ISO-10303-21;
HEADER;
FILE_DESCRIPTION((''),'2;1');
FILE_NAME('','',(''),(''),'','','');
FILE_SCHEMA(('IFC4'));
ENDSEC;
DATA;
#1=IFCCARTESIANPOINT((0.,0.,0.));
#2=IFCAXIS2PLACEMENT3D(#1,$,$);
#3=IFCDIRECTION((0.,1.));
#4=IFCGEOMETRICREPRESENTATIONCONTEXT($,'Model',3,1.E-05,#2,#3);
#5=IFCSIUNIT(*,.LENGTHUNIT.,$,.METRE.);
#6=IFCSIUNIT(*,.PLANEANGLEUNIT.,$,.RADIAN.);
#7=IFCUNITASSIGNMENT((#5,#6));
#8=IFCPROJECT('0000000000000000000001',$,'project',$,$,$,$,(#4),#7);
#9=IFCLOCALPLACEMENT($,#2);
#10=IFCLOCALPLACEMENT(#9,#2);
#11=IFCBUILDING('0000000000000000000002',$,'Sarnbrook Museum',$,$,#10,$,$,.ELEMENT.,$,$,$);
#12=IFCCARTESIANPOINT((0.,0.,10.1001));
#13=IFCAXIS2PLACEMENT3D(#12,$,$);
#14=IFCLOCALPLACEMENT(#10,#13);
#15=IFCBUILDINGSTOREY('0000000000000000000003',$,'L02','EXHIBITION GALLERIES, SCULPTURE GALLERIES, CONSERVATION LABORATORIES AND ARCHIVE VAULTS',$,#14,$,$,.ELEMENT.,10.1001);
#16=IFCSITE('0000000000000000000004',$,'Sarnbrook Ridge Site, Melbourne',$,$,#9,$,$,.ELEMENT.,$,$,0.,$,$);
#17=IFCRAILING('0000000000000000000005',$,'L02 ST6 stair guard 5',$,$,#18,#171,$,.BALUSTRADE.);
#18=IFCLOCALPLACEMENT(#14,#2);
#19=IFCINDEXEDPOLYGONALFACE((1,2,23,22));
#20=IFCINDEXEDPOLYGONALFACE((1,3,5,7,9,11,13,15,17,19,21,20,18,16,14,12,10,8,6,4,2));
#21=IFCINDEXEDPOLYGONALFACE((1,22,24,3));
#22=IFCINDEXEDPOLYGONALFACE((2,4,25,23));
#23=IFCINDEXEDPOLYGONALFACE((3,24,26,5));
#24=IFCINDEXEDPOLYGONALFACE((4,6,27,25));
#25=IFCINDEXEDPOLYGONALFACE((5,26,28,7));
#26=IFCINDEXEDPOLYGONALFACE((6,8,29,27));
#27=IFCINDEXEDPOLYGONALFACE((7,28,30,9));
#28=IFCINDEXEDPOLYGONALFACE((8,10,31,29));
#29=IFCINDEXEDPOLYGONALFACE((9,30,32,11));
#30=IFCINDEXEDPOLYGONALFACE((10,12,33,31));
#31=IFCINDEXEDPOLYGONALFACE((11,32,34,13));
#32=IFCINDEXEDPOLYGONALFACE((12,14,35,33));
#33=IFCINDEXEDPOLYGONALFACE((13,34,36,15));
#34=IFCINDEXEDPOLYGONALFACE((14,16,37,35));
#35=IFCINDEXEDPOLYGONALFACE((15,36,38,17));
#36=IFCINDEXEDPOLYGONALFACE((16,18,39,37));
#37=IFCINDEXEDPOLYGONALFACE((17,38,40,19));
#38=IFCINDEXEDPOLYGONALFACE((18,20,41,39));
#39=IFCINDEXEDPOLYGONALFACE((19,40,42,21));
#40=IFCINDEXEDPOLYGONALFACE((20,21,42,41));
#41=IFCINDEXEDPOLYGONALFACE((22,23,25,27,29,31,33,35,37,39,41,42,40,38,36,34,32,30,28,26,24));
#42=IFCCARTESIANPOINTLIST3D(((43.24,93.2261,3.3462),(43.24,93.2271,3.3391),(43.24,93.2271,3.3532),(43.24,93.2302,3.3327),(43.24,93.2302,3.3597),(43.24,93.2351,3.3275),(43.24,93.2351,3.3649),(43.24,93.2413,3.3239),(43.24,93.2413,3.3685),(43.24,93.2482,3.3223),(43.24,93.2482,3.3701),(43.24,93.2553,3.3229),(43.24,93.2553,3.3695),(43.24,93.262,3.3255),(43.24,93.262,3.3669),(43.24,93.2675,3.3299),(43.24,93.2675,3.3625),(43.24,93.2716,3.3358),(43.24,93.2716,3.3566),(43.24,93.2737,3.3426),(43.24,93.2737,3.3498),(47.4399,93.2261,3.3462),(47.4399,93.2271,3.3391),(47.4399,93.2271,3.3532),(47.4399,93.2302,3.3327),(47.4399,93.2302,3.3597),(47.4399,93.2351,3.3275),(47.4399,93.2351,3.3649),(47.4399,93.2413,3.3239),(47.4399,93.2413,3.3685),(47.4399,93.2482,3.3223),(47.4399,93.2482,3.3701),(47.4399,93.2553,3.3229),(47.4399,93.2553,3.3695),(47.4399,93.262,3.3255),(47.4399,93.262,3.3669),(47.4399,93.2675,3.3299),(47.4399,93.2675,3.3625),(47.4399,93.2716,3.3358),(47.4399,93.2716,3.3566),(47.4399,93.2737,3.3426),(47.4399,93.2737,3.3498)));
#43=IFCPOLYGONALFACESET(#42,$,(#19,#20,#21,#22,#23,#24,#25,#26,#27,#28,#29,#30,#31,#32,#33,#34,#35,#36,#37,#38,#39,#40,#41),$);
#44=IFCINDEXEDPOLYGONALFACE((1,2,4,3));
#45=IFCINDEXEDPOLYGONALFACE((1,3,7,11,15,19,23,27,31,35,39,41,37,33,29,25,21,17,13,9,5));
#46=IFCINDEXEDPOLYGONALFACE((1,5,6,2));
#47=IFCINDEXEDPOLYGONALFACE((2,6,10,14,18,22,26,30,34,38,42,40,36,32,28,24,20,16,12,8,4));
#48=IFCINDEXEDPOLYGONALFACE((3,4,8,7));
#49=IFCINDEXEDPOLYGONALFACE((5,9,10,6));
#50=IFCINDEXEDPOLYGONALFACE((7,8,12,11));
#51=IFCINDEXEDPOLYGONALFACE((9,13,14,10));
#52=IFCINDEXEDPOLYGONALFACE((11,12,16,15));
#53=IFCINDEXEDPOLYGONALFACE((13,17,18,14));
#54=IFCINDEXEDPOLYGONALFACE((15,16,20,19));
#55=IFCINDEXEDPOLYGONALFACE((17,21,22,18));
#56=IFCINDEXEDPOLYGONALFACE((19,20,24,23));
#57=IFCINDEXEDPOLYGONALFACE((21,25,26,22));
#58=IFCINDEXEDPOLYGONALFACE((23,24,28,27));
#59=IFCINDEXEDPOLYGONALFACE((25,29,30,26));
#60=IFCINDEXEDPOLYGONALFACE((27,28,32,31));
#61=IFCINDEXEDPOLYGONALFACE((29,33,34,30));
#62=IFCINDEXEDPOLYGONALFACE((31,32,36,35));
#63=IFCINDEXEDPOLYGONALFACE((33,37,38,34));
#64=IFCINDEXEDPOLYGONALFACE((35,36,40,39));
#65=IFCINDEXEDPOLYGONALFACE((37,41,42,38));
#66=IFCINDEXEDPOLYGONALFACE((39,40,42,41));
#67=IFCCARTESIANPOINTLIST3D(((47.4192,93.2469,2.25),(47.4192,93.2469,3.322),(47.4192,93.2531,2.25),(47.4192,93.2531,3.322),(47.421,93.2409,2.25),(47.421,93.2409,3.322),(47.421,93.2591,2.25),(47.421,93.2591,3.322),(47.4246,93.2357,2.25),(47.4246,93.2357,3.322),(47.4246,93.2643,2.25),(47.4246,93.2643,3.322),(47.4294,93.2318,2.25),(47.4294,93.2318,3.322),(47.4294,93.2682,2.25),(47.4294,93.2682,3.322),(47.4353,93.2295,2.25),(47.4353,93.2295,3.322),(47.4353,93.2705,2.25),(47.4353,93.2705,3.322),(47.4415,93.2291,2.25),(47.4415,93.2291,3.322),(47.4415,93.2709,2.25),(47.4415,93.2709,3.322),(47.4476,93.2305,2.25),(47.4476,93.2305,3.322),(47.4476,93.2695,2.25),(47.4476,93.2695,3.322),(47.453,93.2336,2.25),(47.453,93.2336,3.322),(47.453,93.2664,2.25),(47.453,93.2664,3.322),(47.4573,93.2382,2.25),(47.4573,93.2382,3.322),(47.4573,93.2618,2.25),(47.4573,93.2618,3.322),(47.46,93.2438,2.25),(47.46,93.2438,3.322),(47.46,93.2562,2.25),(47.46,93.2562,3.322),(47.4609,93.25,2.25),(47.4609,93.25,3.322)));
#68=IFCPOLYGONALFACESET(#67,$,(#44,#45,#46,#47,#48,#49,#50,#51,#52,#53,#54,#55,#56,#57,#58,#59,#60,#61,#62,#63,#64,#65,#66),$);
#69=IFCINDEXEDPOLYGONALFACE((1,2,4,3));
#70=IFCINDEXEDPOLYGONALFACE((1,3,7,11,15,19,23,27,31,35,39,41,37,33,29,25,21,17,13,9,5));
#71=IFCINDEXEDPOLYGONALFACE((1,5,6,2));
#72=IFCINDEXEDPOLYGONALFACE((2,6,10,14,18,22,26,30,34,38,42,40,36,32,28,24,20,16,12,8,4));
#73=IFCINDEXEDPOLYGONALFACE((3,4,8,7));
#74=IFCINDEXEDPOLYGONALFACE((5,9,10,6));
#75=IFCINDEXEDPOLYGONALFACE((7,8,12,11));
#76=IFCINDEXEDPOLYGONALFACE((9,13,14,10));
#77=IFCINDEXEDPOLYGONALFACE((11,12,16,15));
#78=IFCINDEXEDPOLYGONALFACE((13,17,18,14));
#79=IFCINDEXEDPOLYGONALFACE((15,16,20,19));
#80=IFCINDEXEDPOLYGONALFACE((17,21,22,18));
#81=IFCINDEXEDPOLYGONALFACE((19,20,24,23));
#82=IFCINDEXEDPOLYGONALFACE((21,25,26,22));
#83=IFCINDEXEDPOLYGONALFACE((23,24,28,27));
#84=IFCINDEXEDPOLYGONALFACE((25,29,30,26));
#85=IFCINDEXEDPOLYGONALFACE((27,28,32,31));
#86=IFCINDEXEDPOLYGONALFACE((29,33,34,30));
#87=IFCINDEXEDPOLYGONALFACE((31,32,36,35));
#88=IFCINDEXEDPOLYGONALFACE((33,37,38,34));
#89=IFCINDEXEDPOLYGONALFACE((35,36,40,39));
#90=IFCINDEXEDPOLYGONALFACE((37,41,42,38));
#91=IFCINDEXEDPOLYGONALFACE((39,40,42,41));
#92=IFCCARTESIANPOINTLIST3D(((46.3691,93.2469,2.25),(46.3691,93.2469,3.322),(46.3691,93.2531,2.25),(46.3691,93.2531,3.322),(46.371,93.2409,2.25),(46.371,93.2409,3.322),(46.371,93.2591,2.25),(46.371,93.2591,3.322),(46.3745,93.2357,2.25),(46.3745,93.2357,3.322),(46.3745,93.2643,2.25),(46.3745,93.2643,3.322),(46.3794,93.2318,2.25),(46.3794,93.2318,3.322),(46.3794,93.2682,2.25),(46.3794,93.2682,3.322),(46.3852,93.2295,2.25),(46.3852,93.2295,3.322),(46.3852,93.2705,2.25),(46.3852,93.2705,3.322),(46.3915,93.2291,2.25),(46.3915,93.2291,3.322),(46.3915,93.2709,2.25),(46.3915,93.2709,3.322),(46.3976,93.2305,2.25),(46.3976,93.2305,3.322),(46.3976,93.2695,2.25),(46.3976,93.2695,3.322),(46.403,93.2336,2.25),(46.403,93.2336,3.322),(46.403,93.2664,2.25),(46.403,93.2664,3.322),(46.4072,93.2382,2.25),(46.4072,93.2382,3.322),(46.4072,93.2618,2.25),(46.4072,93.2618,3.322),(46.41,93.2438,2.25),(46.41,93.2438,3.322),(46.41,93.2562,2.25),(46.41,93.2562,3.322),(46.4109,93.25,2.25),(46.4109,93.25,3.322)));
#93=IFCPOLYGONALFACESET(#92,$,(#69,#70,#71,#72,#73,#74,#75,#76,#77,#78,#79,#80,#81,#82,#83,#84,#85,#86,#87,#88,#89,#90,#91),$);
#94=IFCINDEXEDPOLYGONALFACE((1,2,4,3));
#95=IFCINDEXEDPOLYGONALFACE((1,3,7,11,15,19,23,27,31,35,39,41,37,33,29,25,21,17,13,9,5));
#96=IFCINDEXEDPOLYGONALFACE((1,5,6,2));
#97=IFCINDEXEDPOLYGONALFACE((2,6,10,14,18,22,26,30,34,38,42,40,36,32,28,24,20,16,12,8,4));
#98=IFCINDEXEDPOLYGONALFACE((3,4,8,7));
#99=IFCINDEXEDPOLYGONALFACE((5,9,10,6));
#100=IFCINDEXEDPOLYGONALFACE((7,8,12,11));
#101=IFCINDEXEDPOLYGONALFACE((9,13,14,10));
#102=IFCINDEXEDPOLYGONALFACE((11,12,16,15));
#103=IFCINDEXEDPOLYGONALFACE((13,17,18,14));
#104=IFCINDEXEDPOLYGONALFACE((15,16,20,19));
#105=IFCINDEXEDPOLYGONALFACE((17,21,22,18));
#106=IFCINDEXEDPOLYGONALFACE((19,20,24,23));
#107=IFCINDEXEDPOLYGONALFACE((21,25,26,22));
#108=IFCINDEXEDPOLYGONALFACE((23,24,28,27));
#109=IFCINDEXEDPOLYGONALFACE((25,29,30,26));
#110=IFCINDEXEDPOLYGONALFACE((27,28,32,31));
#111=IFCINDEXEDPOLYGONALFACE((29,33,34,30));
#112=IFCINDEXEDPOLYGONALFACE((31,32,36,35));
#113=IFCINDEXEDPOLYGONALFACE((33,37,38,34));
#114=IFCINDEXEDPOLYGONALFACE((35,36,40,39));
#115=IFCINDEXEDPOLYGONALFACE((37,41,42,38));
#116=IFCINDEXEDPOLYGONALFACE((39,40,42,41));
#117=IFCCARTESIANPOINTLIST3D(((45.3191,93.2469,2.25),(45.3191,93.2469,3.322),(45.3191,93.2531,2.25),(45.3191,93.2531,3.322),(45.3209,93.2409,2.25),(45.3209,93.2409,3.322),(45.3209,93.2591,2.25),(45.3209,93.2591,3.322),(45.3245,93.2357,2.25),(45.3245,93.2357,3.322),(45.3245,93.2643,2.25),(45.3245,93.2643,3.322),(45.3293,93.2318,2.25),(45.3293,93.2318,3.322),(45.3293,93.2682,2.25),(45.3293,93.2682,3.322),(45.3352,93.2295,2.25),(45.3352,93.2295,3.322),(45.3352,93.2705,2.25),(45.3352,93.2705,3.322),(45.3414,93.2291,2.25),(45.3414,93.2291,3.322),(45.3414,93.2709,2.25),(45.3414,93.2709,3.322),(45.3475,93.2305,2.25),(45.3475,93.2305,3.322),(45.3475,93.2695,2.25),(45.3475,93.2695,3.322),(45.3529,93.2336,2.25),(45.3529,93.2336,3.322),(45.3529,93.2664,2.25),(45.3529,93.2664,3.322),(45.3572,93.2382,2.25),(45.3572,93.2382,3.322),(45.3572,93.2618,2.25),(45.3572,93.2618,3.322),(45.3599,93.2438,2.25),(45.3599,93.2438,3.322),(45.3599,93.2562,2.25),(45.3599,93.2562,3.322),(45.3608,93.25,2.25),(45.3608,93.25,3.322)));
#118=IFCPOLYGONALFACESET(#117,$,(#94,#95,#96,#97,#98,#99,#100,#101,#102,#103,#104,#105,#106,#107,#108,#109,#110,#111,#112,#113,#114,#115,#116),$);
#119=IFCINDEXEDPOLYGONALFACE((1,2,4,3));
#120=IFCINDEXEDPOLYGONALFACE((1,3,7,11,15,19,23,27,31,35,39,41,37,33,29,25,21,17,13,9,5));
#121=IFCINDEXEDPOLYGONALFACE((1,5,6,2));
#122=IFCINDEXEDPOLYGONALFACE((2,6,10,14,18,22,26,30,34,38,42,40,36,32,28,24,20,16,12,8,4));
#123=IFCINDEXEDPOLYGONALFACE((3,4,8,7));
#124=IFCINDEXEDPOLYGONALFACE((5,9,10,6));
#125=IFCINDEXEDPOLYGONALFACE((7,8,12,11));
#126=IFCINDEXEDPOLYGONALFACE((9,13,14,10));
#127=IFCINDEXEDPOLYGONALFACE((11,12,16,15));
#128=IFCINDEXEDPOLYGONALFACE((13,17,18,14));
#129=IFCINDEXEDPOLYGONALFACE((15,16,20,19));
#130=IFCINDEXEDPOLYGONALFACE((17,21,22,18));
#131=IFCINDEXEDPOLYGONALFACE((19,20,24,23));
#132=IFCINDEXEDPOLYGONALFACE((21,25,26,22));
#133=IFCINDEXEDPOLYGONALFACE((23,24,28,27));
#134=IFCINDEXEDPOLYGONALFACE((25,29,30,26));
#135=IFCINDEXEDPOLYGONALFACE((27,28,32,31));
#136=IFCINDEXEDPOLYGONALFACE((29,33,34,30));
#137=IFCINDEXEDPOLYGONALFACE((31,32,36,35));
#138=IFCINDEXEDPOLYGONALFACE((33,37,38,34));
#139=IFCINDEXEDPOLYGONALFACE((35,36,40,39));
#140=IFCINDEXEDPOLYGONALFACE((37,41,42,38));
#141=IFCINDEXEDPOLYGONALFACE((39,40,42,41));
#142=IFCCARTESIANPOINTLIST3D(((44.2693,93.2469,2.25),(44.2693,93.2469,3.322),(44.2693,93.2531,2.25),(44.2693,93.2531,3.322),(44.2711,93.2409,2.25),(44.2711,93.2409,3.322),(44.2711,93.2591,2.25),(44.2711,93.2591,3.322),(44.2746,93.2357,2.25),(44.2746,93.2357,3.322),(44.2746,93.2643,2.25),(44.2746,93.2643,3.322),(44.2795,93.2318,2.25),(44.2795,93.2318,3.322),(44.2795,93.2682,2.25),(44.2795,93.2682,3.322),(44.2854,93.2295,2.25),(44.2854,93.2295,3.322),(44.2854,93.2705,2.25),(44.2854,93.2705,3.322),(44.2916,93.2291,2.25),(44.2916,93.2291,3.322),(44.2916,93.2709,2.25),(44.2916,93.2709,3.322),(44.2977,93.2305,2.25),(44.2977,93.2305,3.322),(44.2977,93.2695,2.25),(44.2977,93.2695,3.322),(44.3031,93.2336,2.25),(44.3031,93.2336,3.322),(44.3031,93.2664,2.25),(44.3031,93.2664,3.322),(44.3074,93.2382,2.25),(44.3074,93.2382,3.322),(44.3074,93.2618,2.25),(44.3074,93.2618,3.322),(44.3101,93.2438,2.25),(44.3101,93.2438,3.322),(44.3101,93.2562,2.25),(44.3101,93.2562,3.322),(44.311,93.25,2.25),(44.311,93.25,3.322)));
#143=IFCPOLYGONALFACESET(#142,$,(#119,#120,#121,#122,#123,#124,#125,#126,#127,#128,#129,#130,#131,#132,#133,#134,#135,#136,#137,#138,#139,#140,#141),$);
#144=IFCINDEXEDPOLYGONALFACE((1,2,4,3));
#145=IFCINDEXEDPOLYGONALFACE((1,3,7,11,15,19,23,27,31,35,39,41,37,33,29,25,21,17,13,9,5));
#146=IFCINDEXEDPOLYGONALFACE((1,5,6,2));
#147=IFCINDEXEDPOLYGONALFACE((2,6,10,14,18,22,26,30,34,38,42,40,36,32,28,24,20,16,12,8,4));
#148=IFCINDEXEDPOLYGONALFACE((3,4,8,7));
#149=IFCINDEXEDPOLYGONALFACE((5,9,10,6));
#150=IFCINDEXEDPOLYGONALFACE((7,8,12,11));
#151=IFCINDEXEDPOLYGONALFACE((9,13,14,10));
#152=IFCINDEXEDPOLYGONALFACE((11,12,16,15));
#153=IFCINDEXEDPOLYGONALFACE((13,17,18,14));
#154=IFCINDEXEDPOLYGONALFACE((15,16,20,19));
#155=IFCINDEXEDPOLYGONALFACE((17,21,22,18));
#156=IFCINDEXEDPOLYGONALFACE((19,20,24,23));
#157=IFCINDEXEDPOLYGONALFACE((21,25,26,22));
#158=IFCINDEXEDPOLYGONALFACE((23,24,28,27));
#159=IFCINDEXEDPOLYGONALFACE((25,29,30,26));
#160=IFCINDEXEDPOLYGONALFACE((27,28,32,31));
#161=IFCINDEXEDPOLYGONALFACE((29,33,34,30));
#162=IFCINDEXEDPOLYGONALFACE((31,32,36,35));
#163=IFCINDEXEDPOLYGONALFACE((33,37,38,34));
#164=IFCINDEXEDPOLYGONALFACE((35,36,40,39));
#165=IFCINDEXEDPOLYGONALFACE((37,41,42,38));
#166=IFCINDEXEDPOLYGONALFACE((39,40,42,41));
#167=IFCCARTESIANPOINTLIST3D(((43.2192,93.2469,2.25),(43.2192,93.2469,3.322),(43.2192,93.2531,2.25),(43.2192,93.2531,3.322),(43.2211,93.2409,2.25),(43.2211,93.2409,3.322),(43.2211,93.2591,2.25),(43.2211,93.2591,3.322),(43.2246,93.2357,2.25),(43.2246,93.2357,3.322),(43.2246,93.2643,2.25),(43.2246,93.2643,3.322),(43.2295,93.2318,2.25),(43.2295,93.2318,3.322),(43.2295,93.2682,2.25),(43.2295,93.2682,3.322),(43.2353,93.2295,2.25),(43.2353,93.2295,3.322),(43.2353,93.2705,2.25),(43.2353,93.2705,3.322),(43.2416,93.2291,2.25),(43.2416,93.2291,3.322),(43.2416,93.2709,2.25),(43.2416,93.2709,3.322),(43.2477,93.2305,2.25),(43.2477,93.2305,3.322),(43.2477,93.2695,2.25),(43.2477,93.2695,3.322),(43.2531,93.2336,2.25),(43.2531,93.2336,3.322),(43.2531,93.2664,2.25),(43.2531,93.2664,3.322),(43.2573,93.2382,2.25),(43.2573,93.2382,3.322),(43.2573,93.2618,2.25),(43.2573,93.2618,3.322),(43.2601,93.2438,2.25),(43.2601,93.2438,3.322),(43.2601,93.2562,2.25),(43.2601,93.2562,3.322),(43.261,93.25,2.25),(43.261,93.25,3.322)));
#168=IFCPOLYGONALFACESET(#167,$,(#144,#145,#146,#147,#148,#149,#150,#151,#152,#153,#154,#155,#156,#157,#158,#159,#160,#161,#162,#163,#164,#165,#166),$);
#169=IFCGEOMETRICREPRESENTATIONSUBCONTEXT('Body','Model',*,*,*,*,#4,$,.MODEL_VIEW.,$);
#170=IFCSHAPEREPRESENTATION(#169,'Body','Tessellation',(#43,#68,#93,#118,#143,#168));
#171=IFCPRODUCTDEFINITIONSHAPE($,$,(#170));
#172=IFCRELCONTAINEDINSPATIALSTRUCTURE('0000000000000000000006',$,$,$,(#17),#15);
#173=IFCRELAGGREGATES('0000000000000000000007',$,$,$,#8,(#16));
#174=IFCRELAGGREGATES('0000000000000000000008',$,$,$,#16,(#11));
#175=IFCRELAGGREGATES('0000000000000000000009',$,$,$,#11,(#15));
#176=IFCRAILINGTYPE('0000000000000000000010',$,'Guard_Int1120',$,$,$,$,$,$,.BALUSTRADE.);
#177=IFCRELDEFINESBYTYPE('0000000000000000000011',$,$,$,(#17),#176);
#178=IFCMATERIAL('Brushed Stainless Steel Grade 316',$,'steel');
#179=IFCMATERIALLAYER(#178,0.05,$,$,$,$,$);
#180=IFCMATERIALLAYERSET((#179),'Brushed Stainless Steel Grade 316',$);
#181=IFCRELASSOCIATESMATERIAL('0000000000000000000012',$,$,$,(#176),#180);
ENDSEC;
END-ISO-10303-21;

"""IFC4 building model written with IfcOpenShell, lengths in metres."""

from ifc_helpers import new_model, si_unit, direction, frame, origin, origin_2d, place, context, subcontext, project, spatial, circle, extrude, material, layer, layer_set, type_object, element, save


model = new_model("IFC4")

# Units and contexts
model_context = context("Model", 3, precision=1e-05, world=origin(), true_north=direction((0.0, 1.0)))
body_context = subcontext(model_context, "Body", "Model", "MODEL_VIEW")
ifc_project = project(units=[si_unit("LENGTHUNIT", "METRE"), si_unit("PLANEANGLEUNIT", "RADIAN")], contexts=[model_context])

# Site, building, storey
site_placement = place(None, origin())
site = spatial("IfcSite", under=ifc_project, at=site_placement, Name="Sarnbrook Ridge Site, Melbourne", CompositionType="ELEMENT", RefElevation=0.0)
building_placement = place(site_placement, origin())
building = spatial("IfcBuilding", under=site, at=building_placement, Name="Sarnbrook Museum", CompositionType="ELEMENT")
storey_placement = place(building_placement, frame((0.0, 0.0, 10.1001)))
storey = spatial("IfcBuildingStorey", under=building, at=storey_placement, Name="L02", Description="EXHIBITION GALLERIES, SCULPTURE GALLERIES, CONSERVATION LABORATORIES AND ARCHIVE VAULTS", CompositionType="ELEMENT", Elevation=10.1001)

# Railing
ifc_material_1 = material(Name="Brushed Stainless Steel Grade 316", Category="steel")
ifc_layer_1 = layer(ifc_material_1, 0.05)
ifc_layer_set_1 = layer_set([ifc_layer_1], Name="Brushed Stainless Steel Grade 316")
railing_type_1 = type_object("IfcRailingType", Name="Guard_Int1120", PredefinedType="BALUSTRADE", material=ifc_layer_set_1)
railing_1_placement = place(storey_placement, frame((47.4399, 93.25, 2.25)))
element("IfcRailing", 1, at=railing_1_placement, inside=storey, type_object=railing_type_1, Name="L02 ST6 stair guard 5", PredefinedType="BALUSTRADE", context=body_context, shape_type="SweptSolid", body=[
    extrude(circle(Radius=0.0239, at=origin_2d()), frame((0.0, 0.0, 1.0962), z_axis=(-1.0, 0.0, 0.0), x_axis=(0.0, -1.0, 0.0)), (0.0, 0.0, 1.0), 4.2),
    extrude(circle(Radius=0.021, at=origin_2d()), origin(), (0.0, 0.0, 1.0), 1.072),
    extrude(circle(Radius=0.021, at=origin_2d()), frame((-1.05, 0.0, 0.0)), (0.0, 0.0, 1.0), 1.072),
    extrude(circle(Radius=0.021, at=origin_2d()), frame((-2.1001, 0.0, 0.0)), (0.0, 0.0, 1.0), 1.072),
    extrude(circle(Radius=0.021, at=origin_2d()), frame((-3.1499, 0.0, 0.0)), (0.0, 0.0, 1.0), 1.072),
    extrude(circle(Radius=0.021, at=origin_2d()), frame((-4.2, 0.0, 0.0)), (0.0, 0.0, 1.0), 1.072),
])

save(model, "model.ifc")
